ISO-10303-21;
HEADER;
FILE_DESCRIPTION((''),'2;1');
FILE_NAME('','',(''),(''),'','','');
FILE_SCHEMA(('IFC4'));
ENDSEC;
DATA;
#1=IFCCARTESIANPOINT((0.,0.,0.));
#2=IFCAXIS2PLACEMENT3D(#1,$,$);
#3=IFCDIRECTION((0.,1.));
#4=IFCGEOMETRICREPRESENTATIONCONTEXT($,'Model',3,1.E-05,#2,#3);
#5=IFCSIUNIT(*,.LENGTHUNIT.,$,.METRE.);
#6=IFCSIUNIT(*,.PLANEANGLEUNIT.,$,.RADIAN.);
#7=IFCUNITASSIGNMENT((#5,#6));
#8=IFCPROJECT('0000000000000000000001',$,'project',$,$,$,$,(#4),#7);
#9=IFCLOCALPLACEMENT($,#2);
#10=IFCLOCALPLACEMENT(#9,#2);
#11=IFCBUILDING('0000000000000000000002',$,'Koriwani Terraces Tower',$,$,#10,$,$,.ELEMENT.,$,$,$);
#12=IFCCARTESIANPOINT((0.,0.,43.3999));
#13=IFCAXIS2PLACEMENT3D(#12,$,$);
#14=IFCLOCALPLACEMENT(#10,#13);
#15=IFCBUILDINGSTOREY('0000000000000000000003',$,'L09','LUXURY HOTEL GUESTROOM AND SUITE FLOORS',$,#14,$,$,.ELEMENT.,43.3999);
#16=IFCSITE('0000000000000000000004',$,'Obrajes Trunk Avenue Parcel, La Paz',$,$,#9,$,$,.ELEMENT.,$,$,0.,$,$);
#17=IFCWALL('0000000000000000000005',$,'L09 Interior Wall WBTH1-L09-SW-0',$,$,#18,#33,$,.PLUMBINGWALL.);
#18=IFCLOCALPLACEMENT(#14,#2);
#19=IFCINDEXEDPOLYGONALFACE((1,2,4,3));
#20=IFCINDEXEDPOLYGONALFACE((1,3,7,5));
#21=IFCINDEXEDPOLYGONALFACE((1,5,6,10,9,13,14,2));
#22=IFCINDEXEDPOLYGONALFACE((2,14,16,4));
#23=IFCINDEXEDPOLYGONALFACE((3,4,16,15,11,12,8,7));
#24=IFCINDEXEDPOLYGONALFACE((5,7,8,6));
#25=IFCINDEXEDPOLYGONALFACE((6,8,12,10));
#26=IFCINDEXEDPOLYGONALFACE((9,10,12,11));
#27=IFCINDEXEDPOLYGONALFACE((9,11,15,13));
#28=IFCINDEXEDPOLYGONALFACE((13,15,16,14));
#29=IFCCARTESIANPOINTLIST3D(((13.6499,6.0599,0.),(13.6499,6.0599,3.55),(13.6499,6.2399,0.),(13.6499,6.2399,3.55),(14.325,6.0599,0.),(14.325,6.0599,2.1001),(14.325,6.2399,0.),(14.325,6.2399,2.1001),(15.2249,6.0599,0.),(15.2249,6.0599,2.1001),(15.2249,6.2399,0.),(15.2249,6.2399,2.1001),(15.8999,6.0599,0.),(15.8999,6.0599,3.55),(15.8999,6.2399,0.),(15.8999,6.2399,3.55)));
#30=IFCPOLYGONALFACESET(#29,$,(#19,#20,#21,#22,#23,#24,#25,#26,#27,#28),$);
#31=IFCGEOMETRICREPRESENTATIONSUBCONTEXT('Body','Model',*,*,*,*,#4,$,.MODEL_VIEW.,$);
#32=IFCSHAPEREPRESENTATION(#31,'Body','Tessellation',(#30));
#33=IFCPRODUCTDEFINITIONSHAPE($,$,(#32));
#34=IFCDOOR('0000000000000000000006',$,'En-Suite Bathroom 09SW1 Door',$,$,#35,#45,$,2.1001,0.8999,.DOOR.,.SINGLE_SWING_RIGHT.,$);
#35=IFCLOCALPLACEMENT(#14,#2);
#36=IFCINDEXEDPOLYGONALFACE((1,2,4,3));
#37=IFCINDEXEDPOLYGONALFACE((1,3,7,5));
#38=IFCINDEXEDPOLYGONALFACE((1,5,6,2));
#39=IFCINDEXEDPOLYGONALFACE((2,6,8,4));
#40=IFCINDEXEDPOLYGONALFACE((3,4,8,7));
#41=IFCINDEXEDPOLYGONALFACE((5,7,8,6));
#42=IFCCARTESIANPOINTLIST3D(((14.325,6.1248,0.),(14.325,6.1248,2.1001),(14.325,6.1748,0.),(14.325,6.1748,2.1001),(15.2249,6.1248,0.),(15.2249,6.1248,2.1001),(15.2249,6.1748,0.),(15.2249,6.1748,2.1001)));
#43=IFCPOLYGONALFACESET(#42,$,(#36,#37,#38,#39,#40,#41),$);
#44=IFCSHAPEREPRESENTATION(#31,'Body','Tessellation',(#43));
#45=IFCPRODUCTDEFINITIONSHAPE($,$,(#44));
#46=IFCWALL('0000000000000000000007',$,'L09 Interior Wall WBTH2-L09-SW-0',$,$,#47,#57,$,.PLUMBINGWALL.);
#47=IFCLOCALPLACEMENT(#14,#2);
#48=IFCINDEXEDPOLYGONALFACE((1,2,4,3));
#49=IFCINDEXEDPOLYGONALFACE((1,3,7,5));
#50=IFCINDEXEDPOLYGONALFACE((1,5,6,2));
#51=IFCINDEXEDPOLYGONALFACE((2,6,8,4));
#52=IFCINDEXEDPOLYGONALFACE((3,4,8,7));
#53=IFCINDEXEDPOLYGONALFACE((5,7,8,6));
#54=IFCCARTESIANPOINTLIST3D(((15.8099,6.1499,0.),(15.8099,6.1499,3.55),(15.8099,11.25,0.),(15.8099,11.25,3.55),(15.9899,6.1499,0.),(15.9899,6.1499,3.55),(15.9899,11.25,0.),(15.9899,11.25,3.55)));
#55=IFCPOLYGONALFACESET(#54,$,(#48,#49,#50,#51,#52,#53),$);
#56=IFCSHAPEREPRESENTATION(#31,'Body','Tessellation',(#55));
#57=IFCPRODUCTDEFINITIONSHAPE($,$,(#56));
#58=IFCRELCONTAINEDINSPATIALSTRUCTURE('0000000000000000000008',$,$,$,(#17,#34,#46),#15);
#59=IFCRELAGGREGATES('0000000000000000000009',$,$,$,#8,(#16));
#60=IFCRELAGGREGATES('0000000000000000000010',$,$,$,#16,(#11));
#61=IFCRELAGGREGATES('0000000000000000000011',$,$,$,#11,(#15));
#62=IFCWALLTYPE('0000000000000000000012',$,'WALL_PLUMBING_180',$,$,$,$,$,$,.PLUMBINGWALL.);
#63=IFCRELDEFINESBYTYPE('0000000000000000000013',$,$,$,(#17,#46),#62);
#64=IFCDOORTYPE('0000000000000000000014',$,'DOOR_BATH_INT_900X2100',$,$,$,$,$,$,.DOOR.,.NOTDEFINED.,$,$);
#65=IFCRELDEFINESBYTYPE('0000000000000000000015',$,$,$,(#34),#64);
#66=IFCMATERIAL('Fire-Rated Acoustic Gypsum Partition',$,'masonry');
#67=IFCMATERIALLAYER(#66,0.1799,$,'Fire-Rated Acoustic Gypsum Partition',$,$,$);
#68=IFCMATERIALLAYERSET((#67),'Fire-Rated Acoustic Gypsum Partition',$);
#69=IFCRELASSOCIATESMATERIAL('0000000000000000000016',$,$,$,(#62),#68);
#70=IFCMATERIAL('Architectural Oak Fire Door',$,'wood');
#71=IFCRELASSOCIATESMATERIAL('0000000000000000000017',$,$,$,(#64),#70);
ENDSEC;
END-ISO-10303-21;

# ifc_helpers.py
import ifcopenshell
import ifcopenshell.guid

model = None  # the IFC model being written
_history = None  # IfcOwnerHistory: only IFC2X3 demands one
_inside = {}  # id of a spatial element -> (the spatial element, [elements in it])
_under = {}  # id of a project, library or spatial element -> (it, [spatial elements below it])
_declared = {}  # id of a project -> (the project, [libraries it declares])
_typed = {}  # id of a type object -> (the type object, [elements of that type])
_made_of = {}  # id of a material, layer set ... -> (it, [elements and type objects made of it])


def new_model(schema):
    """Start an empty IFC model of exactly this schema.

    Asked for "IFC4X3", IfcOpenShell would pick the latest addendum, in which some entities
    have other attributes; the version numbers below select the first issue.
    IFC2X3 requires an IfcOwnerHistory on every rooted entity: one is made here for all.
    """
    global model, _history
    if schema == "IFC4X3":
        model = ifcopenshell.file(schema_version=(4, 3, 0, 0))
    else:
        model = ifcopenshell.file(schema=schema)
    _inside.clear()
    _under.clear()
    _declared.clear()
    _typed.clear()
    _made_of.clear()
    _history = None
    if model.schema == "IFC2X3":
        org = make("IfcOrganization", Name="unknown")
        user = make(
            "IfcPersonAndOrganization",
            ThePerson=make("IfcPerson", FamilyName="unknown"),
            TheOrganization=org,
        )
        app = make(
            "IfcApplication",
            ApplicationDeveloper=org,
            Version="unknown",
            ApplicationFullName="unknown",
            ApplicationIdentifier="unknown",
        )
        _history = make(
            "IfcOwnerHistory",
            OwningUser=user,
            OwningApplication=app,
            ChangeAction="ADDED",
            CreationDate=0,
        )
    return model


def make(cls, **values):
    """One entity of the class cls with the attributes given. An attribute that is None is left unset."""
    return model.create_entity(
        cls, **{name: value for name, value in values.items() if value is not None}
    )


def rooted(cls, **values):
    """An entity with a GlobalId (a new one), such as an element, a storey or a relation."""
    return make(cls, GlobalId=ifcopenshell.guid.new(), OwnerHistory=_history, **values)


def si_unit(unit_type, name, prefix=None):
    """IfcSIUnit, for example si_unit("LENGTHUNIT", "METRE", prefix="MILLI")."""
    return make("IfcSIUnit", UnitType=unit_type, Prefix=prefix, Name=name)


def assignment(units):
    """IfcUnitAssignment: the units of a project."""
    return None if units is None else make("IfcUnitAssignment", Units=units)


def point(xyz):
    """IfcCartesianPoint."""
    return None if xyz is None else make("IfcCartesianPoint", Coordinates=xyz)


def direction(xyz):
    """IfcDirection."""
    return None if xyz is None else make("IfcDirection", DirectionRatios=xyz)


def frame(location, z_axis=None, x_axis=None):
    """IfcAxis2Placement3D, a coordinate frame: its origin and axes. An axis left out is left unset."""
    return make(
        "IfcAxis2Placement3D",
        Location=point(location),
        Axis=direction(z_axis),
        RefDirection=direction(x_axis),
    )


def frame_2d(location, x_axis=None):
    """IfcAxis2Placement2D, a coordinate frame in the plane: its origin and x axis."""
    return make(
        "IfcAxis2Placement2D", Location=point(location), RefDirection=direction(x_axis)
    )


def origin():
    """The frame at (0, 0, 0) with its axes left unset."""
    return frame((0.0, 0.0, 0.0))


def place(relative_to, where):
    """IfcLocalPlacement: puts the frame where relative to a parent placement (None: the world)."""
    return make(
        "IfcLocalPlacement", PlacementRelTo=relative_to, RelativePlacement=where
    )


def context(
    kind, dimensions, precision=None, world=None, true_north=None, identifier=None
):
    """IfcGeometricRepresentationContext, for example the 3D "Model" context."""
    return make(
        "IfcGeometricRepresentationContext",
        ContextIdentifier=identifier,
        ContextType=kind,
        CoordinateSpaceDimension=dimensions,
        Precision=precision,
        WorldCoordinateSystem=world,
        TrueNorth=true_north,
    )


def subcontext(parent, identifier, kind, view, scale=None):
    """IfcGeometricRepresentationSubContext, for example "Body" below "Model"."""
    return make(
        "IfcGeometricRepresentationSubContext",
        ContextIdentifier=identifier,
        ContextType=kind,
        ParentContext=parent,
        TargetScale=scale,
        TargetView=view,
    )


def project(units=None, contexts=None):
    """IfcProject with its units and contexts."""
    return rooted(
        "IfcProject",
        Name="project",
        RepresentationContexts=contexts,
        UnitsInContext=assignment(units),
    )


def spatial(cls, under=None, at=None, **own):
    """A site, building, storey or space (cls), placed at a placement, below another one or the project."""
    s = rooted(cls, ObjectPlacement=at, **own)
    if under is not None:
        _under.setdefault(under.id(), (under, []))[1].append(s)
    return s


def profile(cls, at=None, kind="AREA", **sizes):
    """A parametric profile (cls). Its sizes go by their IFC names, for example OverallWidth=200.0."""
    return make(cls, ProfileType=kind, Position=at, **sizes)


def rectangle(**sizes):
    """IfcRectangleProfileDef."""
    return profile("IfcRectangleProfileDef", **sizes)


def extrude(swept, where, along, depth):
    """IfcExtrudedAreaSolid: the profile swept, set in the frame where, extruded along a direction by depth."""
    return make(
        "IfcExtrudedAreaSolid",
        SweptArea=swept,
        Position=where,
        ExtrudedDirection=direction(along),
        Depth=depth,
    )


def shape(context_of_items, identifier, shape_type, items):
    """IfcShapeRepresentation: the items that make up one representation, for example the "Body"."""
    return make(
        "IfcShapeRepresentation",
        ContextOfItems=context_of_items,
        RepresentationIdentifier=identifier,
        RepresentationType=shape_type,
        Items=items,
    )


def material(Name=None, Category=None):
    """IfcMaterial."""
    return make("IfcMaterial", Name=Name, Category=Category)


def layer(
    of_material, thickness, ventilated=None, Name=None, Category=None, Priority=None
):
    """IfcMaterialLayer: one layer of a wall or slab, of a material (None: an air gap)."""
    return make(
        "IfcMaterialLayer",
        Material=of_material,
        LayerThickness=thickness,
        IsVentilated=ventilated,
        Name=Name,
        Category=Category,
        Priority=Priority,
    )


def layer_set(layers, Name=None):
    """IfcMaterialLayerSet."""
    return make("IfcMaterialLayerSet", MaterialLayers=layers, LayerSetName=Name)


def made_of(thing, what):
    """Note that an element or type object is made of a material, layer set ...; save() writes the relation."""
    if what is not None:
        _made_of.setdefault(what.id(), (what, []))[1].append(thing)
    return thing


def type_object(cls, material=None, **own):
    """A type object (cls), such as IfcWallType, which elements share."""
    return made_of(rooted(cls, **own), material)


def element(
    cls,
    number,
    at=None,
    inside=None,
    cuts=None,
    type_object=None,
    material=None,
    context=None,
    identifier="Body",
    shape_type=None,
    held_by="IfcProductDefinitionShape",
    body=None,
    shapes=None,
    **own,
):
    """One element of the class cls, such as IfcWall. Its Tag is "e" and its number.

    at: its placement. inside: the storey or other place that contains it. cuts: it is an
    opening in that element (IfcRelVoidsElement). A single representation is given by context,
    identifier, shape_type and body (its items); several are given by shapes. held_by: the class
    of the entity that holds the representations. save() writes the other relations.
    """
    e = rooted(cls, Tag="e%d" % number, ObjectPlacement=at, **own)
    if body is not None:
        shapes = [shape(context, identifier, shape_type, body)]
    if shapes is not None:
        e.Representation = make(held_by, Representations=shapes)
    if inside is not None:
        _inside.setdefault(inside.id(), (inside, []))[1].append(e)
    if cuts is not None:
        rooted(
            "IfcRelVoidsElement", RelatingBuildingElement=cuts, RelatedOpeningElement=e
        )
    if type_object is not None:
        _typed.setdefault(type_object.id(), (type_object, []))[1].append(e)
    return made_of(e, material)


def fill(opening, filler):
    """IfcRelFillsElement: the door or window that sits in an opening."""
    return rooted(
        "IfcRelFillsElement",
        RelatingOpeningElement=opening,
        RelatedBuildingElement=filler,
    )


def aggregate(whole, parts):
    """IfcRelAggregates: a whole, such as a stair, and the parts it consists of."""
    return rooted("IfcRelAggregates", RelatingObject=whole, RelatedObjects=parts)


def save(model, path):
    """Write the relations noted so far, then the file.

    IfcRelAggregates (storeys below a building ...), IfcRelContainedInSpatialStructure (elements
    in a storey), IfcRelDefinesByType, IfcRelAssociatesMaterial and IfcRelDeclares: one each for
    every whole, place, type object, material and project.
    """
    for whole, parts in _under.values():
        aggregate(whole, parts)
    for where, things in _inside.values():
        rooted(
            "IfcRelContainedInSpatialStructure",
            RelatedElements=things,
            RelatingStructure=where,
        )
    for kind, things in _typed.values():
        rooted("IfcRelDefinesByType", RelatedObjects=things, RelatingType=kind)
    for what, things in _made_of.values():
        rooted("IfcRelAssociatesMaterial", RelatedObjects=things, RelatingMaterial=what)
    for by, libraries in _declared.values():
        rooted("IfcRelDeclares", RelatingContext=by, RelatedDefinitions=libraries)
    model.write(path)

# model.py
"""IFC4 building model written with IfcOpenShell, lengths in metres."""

from ifc_helpers import new_model, si_unit, direction, frame, frame_2d, origin, place, context, subcontext, project, spatial, rectangle, extrude, material, layer, layer_set, type_object, element, fill, save


model = new_model("IFC4")

# Units and contexts
model_context = context("Model", 3, precision=1e-05, world=origin(), true_north=direction((0.0, 1.0)))
body_context = subcontext(model_context, "Body", "Model", "MODEL_VIEW")
ifc_project = project(units=[si_unit("LENGTHUNIT", "METRE"), si_unit("PLANEANGLEUNIT", "RADIAN")], contexts=[model_context])

# Site, building, storey
site_placement = place(None, origin())
site = spatial("IfcSite", under=ifc_project, at=site_placement, Name="Obrajes Trunk Avenue Parcel, La Paz", CompositionType="ELEMENT", RefElevation=0.0)
building_placement = place(site_placement, origin())
building = spatial("IfcBuilding", under=site, at=building_placement, Name="Koriwani Terraces Tower", CompositionType="ELEMENT")
storey_placement = place(building_placement, frame((0.0, 0.0, 43.3999)))
storey = spatial("IfcBuildingStorey", under=building, at=storey_placement, Name="L09", Description="LUXURY HOTEL GUESTROOM AND SUITE FLOORS", CompositionType="ELEMENT", Elevation=43.3999)

# Shared definitions
ifc_material_1 = material(Name="Architectural Oak Fire Door", Category="wood")

# Wall, opening, door
ifc_material_2 = material(Name="Fire-Rated Acoustic Gypsum Partition", Category="masonry")
ifc_layer_1 = layer(ifc_material_2, 0.1799, Name="Fire-Rated Acoustic Gypsum Partition")
ifc_layer_set_1 = layer_set([ifc_layer_1], Name="Fire-Rated Acoustic Gypsum Partition")
wall_type_1 = type_object("IfcWallType", Name="WALL_PLUMBING_180", PredefinedType="PLUMBINGWALL", material=ifc_layer_set_1)
wall_1_placement = place(storey_placement, frame((13.6499, 6.1499, 0.0), z_axis=(0.0, 0.0, 1.0), x_axis=(1.0, 0.0, 0.0)))
wall_1 = element("IfcWall", 1, at=wall_1_placement, inside=storey, type_object=wall_type_1, Name="L09 Interior Wall WBTH1-L09-SW-0", PredefinedType="PLUMBINGWALL", context=body_context, shape_type="SweptSolid", body=[
    extrude(rectangle(XDim=2.25, YDim=0.1799, at=frame_2d((1.125, 0.0))), origin(), (0.0, 0.0, 1.0), 3.55),
])
opening_1_placement = place(wall_1_placement, frame((0.675, 0.0, 0.0)))
opening_1 = element("IfcOpeningElement", 2, at=opening_1_placement, cuts=wall_1, PredefinedType="OPENING", context=body_context, shape_type="SweptSolid", body=[
    extrude(rectangle(XDim=0.8999, YDim=2.1001, at=frame_2d((0.45, 1.05))), frame((0.0, 0.1001, 0.0), z_axis=(0.0, -1.0, 0.0), x_axis=(1.0, 0.0, 0.0)), (0.0, 0.0, 1.0), 0.2),
])
door_type_1 = type_object("IfcDoorType", Name="DOOR_BATH_INT_900X2100", OperationType="NOTDEFINED", PredefinedType="DOOR", material=ifc_material_1)
door_1_placement = place(opening_1_placement, origin())
door_1 = element("IfcDoor", 3, at=door_1_placement, inside=storey, type_object=door_type_1, Name="En-Suite Bathroom 09SW1 Door", OperationType="SINGLE_SWING_RIGHT", OverallHeight=2.1001, OverallWidth=0.8999, PredefinedType="DOOR", context=body_context, shape_type="SweptSolid", body=[
    extrude(rectangle(XDim=0.8999, YDim=2.1001, at=frame_2d((0.45, 1.05))), frame((0.0, 0.0249, 0.0), z_axis=(0.0, -1.0, 0.0), x_axis=(1.0, 0.0, 0.0)), (0.0, 0.0, 1.0), 0.05),
])
fill(opening_1, door_1)

# Wall
wall_2_placement = place(storey_placement, frame((15.8999, 6.1499, 0.0), z_axis=(0.0, 0.0, 1.0), x_axis=(0.0, 1.0, 0.0)))
element("IfcWall", 4, at=wall_2_placement, inside=storey, type_object=wall_type_1, Name="L09 Interior Wall WBTH2-L09-SW-0", PredefinedType="PLUMBINGWALL", context=body_context, shape_type="SweptSolid", body=[
    extrude(rectangle(XDim=5.1001, YDim=0.1799, at=frame_2d((2.55, 0.0))), origin(), (0.0, 0.0, 1.0), 3.55),
])

save(model, "model.ifc")
